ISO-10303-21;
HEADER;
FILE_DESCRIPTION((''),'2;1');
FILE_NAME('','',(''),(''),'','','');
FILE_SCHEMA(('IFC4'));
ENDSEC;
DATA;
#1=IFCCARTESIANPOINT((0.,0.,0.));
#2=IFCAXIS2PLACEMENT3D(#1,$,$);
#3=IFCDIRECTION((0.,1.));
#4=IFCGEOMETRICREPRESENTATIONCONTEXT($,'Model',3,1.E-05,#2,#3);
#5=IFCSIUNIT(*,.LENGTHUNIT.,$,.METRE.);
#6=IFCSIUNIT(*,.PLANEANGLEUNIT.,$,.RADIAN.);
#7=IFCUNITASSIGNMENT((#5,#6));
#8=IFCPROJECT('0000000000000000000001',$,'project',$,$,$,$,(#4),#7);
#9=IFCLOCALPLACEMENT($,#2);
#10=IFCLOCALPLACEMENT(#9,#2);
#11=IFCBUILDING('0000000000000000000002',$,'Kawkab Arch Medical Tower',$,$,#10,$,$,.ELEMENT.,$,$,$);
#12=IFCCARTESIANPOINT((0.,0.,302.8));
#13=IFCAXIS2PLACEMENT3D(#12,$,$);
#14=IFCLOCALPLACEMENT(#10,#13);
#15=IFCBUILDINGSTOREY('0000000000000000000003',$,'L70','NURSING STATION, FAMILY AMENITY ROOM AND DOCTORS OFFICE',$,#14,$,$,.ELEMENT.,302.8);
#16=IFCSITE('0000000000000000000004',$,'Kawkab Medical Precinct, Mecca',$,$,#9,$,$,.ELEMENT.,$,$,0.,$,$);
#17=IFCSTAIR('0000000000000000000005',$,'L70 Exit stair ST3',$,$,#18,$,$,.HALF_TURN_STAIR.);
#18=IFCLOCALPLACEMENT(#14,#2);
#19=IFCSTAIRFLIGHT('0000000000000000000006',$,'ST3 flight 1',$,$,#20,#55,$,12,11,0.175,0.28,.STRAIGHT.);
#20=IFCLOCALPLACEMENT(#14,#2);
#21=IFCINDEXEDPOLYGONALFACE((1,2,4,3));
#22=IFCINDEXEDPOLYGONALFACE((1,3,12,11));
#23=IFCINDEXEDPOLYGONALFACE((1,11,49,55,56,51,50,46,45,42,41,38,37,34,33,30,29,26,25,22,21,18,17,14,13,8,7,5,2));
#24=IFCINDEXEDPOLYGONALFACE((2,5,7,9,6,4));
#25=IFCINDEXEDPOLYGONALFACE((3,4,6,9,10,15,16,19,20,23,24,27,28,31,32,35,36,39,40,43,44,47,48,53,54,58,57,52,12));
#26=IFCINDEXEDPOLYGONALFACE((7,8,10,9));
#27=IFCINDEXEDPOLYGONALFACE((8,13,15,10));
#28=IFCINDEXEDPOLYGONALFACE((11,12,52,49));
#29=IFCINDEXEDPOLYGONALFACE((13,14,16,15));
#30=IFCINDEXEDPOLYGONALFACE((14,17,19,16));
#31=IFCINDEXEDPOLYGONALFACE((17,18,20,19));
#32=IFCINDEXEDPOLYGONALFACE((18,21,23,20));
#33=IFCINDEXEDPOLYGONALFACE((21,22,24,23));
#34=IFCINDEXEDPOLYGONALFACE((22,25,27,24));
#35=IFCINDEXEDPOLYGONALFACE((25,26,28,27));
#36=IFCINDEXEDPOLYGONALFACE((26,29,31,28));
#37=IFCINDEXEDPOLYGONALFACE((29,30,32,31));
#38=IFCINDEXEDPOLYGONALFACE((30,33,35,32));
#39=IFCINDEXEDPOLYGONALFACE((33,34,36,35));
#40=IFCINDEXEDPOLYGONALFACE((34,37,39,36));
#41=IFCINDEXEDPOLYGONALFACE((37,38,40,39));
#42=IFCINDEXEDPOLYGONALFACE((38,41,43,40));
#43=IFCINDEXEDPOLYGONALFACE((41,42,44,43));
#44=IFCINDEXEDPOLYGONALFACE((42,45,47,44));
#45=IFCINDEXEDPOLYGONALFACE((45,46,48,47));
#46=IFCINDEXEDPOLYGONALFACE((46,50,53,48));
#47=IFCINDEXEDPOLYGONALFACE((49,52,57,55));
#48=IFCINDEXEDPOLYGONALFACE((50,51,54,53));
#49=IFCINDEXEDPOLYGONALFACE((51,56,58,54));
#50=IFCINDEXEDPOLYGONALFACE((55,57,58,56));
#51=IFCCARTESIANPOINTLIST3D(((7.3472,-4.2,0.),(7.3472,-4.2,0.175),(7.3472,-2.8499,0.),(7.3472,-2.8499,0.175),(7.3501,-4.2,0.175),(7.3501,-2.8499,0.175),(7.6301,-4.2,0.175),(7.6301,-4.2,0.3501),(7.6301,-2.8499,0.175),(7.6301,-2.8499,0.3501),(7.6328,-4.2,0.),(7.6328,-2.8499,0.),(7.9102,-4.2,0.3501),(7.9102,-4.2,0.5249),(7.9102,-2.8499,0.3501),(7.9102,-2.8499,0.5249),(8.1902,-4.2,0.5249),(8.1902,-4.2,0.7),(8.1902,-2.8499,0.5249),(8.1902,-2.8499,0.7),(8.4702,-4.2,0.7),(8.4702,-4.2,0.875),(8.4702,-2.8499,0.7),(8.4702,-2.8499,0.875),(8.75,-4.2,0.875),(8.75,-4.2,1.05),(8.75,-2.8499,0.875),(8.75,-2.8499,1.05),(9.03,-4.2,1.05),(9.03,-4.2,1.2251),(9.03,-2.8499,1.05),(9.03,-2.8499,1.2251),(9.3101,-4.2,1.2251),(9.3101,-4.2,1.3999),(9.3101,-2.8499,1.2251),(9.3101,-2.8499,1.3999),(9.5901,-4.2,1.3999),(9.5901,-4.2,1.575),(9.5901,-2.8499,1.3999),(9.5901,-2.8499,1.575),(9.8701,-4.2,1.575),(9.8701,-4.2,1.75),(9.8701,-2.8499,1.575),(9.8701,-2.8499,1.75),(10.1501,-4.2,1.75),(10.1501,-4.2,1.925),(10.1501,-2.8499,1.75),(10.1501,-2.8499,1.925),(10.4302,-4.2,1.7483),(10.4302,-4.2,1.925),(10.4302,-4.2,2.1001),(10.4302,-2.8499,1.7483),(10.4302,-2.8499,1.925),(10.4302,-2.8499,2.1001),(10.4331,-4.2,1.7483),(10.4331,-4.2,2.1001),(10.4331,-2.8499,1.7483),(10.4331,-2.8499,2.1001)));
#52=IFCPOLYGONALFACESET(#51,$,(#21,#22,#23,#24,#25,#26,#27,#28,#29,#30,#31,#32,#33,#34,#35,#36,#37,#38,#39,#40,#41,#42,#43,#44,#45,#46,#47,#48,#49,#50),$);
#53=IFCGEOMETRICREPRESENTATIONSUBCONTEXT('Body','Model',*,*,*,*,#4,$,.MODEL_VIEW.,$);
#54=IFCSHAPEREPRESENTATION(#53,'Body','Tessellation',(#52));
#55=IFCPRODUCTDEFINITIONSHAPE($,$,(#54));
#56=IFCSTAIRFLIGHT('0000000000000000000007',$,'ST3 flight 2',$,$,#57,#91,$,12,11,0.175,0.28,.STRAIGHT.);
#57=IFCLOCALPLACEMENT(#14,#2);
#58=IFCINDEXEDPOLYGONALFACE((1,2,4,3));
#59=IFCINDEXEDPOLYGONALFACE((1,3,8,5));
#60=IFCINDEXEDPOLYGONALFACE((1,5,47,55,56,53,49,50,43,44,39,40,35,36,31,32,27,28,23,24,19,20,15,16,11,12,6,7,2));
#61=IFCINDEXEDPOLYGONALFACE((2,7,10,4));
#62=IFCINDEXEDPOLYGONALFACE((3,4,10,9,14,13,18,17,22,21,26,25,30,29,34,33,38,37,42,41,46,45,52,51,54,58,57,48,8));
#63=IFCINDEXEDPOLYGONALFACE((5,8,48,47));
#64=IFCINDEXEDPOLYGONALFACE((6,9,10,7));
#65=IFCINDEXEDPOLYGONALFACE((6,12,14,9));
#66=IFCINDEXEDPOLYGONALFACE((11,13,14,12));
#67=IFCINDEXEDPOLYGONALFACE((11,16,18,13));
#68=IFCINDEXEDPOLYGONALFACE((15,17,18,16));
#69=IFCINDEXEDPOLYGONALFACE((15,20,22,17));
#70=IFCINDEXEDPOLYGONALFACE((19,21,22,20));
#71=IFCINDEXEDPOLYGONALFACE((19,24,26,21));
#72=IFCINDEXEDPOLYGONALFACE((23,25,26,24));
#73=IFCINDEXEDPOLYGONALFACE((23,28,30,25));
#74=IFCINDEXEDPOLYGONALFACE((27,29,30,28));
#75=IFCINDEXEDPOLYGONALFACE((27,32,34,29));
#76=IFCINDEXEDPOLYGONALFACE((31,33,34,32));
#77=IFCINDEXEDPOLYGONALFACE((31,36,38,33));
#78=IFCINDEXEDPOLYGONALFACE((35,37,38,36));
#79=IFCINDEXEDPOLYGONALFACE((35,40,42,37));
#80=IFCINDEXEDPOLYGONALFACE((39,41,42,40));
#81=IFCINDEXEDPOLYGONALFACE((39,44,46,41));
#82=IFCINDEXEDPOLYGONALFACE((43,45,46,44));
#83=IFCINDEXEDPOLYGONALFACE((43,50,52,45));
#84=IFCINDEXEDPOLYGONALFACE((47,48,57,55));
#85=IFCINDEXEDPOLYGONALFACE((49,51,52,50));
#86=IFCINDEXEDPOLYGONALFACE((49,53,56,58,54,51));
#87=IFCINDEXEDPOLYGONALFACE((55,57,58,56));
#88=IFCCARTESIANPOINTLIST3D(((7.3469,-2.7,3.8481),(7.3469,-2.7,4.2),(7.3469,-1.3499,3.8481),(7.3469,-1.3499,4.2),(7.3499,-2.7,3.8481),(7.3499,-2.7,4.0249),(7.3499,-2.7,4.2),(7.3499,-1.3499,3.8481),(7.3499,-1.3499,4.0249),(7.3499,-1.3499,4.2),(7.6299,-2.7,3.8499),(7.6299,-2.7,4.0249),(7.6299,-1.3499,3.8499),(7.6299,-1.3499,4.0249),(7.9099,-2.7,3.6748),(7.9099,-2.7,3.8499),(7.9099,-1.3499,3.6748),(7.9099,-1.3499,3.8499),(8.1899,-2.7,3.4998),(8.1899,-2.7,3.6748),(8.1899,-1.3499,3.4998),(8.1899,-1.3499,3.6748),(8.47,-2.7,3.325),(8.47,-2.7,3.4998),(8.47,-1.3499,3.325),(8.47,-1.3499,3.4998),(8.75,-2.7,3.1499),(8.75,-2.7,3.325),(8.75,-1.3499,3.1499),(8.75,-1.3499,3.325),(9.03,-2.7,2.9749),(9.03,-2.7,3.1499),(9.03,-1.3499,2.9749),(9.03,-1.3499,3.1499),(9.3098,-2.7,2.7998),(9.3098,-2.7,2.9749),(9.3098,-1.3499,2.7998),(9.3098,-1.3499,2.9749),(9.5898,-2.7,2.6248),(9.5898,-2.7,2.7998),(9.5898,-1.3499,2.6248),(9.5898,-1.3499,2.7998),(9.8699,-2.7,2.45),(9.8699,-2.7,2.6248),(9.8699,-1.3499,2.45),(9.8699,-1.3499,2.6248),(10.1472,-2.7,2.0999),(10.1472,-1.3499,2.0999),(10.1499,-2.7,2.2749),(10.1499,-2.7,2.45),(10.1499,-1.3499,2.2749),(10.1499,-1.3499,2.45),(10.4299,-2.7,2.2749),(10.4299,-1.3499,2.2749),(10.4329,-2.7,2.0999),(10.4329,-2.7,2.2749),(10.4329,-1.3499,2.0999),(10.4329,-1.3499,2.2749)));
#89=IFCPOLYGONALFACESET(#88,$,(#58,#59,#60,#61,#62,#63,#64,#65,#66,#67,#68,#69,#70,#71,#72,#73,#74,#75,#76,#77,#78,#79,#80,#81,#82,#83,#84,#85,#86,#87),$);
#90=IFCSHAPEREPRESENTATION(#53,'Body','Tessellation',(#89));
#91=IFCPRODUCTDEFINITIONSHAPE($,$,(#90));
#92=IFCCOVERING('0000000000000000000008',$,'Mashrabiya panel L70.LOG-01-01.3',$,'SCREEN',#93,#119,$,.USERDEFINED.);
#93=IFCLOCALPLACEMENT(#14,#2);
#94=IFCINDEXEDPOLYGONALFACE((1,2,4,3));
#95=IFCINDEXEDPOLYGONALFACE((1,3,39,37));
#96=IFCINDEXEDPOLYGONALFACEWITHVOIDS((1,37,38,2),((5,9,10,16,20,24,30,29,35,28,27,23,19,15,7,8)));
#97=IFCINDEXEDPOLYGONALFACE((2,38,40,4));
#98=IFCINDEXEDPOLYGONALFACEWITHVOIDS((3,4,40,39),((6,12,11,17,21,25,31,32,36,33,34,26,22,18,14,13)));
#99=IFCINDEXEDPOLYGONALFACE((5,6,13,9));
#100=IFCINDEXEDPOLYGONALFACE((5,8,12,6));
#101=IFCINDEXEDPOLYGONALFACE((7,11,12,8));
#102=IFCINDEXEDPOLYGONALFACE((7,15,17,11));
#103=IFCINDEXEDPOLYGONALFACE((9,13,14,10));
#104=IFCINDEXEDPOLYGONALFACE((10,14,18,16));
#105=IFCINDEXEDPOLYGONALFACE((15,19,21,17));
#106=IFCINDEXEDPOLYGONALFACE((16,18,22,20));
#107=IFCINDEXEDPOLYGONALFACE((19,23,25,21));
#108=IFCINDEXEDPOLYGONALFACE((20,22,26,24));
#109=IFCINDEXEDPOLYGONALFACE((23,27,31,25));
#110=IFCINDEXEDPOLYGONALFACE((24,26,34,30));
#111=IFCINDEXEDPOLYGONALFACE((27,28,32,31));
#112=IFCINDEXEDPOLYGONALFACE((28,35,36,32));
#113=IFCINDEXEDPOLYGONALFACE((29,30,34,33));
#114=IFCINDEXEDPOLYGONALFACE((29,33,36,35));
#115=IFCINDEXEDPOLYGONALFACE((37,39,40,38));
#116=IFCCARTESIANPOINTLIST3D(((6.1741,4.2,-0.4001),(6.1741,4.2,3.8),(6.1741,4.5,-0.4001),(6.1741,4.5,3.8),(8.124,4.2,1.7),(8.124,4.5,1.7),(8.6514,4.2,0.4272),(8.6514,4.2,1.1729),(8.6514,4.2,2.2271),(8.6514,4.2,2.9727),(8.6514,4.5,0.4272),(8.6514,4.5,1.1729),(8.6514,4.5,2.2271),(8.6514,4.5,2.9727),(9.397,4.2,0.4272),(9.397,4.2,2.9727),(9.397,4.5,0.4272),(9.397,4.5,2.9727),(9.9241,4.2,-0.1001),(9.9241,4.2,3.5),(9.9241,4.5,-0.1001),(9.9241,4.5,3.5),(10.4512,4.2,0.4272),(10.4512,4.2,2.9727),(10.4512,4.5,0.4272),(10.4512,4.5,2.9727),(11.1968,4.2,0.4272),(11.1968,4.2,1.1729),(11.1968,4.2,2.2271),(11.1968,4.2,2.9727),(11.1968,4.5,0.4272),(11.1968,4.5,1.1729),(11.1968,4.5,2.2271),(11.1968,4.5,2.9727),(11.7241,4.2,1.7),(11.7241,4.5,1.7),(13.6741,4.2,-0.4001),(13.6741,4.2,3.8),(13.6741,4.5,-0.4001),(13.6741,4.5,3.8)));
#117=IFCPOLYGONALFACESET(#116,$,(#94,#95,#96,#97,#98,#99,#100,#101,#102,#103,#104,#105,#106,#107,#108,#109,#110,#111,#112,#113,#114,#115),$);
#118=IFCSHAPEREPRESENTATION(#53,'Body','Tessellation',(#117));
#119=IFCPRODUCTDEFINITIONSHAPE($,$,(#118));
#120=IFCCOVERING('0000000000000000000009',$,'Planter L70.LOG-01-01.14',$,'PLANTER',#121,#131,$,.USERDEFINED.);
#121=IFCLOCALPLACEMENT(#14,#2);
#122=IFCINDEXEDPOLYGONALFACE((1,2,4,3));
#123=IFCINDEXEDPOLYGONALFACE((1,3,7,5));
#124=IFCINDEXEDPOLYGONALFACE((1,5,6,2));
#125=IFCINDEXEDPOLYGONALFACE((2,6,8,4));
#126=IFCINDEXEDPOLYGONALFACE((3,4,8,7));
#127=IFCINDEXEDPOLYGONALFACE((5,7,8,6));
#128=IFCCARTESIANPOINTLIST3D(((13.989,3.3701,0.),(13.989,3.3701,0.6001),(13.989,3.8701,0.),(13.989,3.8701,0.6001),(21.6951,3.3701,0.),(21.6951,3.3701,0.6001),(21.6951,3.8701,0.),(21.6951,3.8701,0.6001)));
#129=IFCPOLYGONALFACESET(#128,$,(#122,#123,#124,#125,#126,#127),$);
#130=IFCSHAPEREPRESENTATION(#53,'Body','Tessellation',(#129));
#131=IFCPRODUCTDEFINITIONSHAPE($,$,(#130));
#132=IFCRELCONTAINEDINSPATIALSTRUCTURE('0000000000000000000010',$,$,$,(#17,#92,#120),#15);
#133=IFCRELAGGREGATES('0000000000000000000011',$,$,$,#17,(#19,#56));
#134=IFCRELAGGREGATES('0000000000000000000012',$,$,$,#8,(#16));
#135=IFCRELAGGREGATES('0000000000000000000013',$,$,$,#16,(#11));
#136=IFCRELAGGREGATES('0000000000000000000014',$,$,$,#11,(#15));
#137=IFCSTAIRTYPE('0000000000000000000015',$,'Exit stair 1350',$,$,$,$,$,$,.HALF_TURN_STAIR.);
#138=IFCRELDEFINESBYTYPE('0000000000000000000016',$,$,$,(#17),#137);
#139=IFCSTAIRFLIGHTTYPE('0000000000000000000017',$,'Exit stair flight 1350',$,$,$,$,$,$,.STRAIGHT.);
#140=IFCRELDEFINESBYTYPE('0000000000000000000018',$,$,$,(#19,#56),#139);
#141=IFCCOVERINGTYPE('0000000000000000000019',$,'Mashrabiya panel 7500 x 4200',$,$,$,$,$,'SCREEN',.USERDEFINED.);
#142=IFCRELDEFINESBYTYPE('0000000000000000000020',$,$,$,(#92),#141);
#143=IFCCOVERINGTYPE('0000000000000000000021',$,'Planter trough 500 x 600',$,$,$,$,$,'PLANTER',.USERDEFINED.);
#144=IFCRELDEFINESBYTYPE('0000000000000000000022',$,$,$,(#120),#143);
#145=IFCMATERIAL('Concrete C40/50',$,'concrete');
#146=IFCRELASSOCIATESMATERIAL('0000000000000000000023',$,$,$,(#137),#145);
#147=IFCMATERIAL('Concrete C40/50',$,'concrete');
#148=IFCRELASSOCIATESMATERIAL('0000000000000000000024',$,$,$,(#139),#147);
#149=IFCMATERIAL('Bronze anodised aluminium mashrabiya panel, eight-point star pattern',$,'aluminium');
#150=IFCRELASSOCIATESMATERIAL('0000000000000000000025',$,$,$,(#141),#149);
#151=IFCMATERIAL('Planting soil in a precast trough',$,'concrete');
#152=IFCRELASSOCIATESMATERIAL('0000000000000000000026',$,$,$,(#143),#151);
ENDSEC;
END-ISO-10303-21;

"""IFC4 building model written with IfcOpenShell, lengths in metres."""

from ifc_helpers import new_model, si_unit, direction, frame, origin, origin_2d, place, context, subcontext, project, spatial, polyline, rectangle, outline, extrude, material, material_profile, profile_set, type_object, element, aggregate, save


model = new_model("IFC4")

# Units and contexts
model_context = context("Model", 3, precision=1e-05, world=origin(), true_north=direction((0.0, 1.0)))
body_context = subcontext(model_context, "Body", "Model", "MODEL_VIEW")
ifc_project = project(units=[si_unit("LENGTHUNIT", "METRE"), si_unit("PLANEANGLEUNIT", "RADIAN")], contexts=[model_context])

# Site, building, storey
site_placement = place(None, origin())
site = spatial("IfcSite", under=ifc_project, at=site_placement, Name="Kawkab Medical Precinct, Mecca", CompositionType="ELEMENT", RefElevation=0.0)
building_placement = place(site_placement, origin())
building = spatial("IfcBuilding", under=site, at=building_placement, Name="Kawkab Arch Medical Tower", CompositionType="ELEMENT")
storey_placement = place(building_placement, frame((0.0, 0.0, 302.8)))
storey = spatial("IfcBuildingStorey", under=building, at=storey_placement, Name="L70", Description="NURSING STATION, FAMILY AMENITY ROOM AND DOCTORS OFFICE", CompositionType="ELEMENT", Elevation=302.8)

# Shared definitions
placement = place(storey_placement, origin())

# Stair, stair flights
ifc_material_1 = material(Name="Concrete C40/50", Category="concrete")
stair_type = type_object("IfcStairType", Name="Exit stair 1350", PredefinedType="HALF_TURN_STAIR", material=ifc_material_1)
stair = element("IfcStair", 1, at=placement, inside=storey, type_object=stair_type, Name="L70 Exit stair ST3", PredefinedType="HALF_TURN_STAIR")
ifc_material_2 = material(Name="Concrete C40/50", Category="concrete")
stair_flight_type = type_object("IfcStairFlightType", Name="Exit stair flight 1350", PredefinedType="STRAIGHT", material=ifc_material_2)
stair_flight_1_placement = place(storey_placement, frame((7.3501, -3.5249, 0.0), z_axis=(0.0, 0.0, 1.0), x_axis=(1.0, 0.0, 0.0)))
stair_flight_1 = element("IfcStairFlight", 2, at=stair_flight_1_placement, type_object=stair_flight_type, Name="ST3 flight 1", NumberOfRisers=12, NumberOfTreads=11, PredefinedType="STRAIGHT", RiserHeight=0.175, TreadLength=0.28, context=body_context, shape_type="SweptSolid", body=[
    extrude(outline(polyline([(-0.0029, 0.0), (-0.0029, 0.175), (0.0, 0.175), (0.28, 0.175), (0.28, 0.3501), (0.5601, 0.3501), (0.5601, 0.5249), (0.8401, 0.5249), (0.8401, 0.7), (1.1201, 0.7), (1.1201, 0.875), (1.3999, 0.875), (1.3999, 1.05), (1.6799, 1.05), (1.6799, 1.2251), (1.96, 1.2251), (1.96, 1.3999), (2.24, 1.3999), (2.24, 1.575), (2.52, 1.575), (2.52, 1.75), (2.8, 1.75), (2.8, 1.925), (3.0801, 1.925), (3.0801, 2.1001), (3.083, 2.1001), (3.083, 1.7483), (3.0801, 1.7483), (0.2827, 0.0), (-0.0029, 0.0)])), frame((0.0, 0.675, 0.0), z_axis=(0.0, -1.0, 0.0), x_axis=(1.0, 0.0, 0.0)), (0.0, 0.0, 1.0), 1.3501),
])
stair_flight_2_placement = place(storey_placement, frame((10.4299, -2.0249, 2.0999), z_axis=(0.0, 0.0, 1.0), x_axis=(-1.0, 0.0, 0.0)))
stair_flight_2 = element("IfcStairFlight", 3, at=stair_flight_2_placement, type_object=stair_flight_type, Name="ST3 flight 2", NumberOfRisers=12, NumberOfTreads=11, PredefinedType="STRAIGHT", RiserHeight=0.175, TreadLength=0.28, context=body_context, shape_type="SweptSolid", body=[
    extrude(outline(polyline([(-0.0029, 0.0), (-0.0029, 0.175), (0.0, 0.175), (0.28, 0.175), (0.28, 0.3501), (0.5601, 0.3501), (0.5601, 0.5249), (0.8401, 0.5249), (0.8401, 0.7), (1.1201, 0.7), (1.1201, 0.875), (1.3999, 0.875), (1.3999, 1.05), (1.6799, 1.05), (1.6799, 1.2251), (1.96, 1.2251), (1.96, 1.3999), (2.24, 1.3999), (2.24, 1.575), (2.52, 1.575), (2.52, 1.75), (2.8, 1.75), (2.8, 1.925), (3.0801, 1.925), (3.0801, 2.1001), (3.083, 2.1001), (3.083, 1.7483), (3.0801, 1.7483), (0.2827, 0.0), (-0.0029, 0.0)])), frame((0.0, 0.675, 0.0), z_axis=(0.0, -1.0, 0.0), x_axis=(1.0, 0.0, 0.0)), (0.0, 0.0, 1.0), 1.3501),
])
aggregate(stair, [stair_flight_1, stair_flight_2])

# Coverings
ifc_material_3 = material(Name="Bronze anodised aluminium mashrabiya panel, eight-point star pattern", Category="aluminium")
ifc_material_profile_1 = material_profile(ifc_material_3, outline(polyline([(-3.75, -2.1001), (3.75, -2.1001), (3.75, 2.1001), (-3.75, 2.1001), (-3.75, -2.1001)]), holes=[polyline([(1.8, 0.0), (1.2727, 0.5271), (1.2727, 1.2727), (0.5271, 1.2727), (0.0, 1.8), (-0.5271, 1.2727), (-1.2727, 1.2727), (-1.2727, 0.5271), (-1.8, 0.0), (-1.2727, -0.5271), (-1.2727, -1.2727), (-0.5271, -1.2727), (0.0, -1.8), (0.5271, -1.2727), (1.2727, -1.2727), (1.2727, -0.5271), (1.8, 0.0)])]), Name="Mashrabiya panel 7500x4200")
ifc_profile_set_1 = profile_set([ifc_material_profile_1], Name="Bronze anodised aluminium mashrabiya panel, eight-point star pattern")
covering_type_1 = type_object("IfcCoveringType", Name="Mashrabiya panel 7500 x 4200", ElementType="SCREEN", PredefinedType="USERDEFINED", material=ifc_profile_set_1)
covering_1_placement = place(storey_placement, frame((9.9241, 4.2, 1.7), z_axis=(0.0, 1.0, 0.0), x_axis=(-1.0, 0.0, 0.0)))
element("IfcCovering", 4, at=covering_1_placement, inside=storey, type_object=covering_type_1, Name="Mashrabiya panel L70.LOG-01-01.3", ObjectType="SCREEN", PredefinedType="USERDEFINED", context=body_context, shape_type="SweptSolid", body=[
    extrude(outline(polyline([(-3.75, -2.1001), (3.75, -2.1001), (3.75, 2.1001), (-3.75, 2.1001), (-3.75, -2.1001)]), holes=[polyline([(1.8, 0.0), (1.2727, 0.5271), (1.2727, 1.2727), (0.5271, 1.2727), (0.0, 1.8), (-0.5271, 1.2727), (-1.2727, 1.2727), (-1.2727, 0.5271), (-1.8, 0.0), (-1.2727, -0.5271), (-1.2727, -1.2727), (-0.5271, -1.2727), (0.0, -1.8), (0.5271, -1.2727), (1.2727, -1.2727), (1.2727, -0.5271), (1.8, 0.0)])]), origin(), (0.0, 0.0, 1.0), 0.3),
])
ifc_material_4 = material(Name="Planting soil in a precast trough", Category="concrete")
ifc_material_profile_2 = material_profile(ifc_material_4, rectangle(XDim=0.5, YDim=0.6001, at=origin_2d()), Name="Trough 500x600")
ifc_profile_set_2 = profile_set([ifc_material_profile_2], Name="Planting soil in a precast trough")
covering_type_2 = type_object("IfcCoveringType", Name="Planter trough 500 x 600", ElementType="PLANTER", PredefinedType="USERDEFINED", material=ifc_profile_set_2)
covering_2_placement = place(storey_placement, frame((13.989, 3.6201, 0.3), z_axis=(1.0, 0.0, 0.0), x_axis=(0.0, 1.0, 0.0)))
element("IfcCovering", 5, at=covering_2_placement, inside=storey, type_object=covering_type_2, Name="Planter L70.LOG-01-01.14", ObjectType="PLANTER", PredefinedType="USERDEFINED", context=body_context, shape_type="SweptSolid", body=[
    extrude(rectangle(XDim=0.5, YDim=0.6001, at=origin_2d()), origin(), (0.0, 0.0, 1.0), 7.7061),
])

save(model, "model.ifc")
